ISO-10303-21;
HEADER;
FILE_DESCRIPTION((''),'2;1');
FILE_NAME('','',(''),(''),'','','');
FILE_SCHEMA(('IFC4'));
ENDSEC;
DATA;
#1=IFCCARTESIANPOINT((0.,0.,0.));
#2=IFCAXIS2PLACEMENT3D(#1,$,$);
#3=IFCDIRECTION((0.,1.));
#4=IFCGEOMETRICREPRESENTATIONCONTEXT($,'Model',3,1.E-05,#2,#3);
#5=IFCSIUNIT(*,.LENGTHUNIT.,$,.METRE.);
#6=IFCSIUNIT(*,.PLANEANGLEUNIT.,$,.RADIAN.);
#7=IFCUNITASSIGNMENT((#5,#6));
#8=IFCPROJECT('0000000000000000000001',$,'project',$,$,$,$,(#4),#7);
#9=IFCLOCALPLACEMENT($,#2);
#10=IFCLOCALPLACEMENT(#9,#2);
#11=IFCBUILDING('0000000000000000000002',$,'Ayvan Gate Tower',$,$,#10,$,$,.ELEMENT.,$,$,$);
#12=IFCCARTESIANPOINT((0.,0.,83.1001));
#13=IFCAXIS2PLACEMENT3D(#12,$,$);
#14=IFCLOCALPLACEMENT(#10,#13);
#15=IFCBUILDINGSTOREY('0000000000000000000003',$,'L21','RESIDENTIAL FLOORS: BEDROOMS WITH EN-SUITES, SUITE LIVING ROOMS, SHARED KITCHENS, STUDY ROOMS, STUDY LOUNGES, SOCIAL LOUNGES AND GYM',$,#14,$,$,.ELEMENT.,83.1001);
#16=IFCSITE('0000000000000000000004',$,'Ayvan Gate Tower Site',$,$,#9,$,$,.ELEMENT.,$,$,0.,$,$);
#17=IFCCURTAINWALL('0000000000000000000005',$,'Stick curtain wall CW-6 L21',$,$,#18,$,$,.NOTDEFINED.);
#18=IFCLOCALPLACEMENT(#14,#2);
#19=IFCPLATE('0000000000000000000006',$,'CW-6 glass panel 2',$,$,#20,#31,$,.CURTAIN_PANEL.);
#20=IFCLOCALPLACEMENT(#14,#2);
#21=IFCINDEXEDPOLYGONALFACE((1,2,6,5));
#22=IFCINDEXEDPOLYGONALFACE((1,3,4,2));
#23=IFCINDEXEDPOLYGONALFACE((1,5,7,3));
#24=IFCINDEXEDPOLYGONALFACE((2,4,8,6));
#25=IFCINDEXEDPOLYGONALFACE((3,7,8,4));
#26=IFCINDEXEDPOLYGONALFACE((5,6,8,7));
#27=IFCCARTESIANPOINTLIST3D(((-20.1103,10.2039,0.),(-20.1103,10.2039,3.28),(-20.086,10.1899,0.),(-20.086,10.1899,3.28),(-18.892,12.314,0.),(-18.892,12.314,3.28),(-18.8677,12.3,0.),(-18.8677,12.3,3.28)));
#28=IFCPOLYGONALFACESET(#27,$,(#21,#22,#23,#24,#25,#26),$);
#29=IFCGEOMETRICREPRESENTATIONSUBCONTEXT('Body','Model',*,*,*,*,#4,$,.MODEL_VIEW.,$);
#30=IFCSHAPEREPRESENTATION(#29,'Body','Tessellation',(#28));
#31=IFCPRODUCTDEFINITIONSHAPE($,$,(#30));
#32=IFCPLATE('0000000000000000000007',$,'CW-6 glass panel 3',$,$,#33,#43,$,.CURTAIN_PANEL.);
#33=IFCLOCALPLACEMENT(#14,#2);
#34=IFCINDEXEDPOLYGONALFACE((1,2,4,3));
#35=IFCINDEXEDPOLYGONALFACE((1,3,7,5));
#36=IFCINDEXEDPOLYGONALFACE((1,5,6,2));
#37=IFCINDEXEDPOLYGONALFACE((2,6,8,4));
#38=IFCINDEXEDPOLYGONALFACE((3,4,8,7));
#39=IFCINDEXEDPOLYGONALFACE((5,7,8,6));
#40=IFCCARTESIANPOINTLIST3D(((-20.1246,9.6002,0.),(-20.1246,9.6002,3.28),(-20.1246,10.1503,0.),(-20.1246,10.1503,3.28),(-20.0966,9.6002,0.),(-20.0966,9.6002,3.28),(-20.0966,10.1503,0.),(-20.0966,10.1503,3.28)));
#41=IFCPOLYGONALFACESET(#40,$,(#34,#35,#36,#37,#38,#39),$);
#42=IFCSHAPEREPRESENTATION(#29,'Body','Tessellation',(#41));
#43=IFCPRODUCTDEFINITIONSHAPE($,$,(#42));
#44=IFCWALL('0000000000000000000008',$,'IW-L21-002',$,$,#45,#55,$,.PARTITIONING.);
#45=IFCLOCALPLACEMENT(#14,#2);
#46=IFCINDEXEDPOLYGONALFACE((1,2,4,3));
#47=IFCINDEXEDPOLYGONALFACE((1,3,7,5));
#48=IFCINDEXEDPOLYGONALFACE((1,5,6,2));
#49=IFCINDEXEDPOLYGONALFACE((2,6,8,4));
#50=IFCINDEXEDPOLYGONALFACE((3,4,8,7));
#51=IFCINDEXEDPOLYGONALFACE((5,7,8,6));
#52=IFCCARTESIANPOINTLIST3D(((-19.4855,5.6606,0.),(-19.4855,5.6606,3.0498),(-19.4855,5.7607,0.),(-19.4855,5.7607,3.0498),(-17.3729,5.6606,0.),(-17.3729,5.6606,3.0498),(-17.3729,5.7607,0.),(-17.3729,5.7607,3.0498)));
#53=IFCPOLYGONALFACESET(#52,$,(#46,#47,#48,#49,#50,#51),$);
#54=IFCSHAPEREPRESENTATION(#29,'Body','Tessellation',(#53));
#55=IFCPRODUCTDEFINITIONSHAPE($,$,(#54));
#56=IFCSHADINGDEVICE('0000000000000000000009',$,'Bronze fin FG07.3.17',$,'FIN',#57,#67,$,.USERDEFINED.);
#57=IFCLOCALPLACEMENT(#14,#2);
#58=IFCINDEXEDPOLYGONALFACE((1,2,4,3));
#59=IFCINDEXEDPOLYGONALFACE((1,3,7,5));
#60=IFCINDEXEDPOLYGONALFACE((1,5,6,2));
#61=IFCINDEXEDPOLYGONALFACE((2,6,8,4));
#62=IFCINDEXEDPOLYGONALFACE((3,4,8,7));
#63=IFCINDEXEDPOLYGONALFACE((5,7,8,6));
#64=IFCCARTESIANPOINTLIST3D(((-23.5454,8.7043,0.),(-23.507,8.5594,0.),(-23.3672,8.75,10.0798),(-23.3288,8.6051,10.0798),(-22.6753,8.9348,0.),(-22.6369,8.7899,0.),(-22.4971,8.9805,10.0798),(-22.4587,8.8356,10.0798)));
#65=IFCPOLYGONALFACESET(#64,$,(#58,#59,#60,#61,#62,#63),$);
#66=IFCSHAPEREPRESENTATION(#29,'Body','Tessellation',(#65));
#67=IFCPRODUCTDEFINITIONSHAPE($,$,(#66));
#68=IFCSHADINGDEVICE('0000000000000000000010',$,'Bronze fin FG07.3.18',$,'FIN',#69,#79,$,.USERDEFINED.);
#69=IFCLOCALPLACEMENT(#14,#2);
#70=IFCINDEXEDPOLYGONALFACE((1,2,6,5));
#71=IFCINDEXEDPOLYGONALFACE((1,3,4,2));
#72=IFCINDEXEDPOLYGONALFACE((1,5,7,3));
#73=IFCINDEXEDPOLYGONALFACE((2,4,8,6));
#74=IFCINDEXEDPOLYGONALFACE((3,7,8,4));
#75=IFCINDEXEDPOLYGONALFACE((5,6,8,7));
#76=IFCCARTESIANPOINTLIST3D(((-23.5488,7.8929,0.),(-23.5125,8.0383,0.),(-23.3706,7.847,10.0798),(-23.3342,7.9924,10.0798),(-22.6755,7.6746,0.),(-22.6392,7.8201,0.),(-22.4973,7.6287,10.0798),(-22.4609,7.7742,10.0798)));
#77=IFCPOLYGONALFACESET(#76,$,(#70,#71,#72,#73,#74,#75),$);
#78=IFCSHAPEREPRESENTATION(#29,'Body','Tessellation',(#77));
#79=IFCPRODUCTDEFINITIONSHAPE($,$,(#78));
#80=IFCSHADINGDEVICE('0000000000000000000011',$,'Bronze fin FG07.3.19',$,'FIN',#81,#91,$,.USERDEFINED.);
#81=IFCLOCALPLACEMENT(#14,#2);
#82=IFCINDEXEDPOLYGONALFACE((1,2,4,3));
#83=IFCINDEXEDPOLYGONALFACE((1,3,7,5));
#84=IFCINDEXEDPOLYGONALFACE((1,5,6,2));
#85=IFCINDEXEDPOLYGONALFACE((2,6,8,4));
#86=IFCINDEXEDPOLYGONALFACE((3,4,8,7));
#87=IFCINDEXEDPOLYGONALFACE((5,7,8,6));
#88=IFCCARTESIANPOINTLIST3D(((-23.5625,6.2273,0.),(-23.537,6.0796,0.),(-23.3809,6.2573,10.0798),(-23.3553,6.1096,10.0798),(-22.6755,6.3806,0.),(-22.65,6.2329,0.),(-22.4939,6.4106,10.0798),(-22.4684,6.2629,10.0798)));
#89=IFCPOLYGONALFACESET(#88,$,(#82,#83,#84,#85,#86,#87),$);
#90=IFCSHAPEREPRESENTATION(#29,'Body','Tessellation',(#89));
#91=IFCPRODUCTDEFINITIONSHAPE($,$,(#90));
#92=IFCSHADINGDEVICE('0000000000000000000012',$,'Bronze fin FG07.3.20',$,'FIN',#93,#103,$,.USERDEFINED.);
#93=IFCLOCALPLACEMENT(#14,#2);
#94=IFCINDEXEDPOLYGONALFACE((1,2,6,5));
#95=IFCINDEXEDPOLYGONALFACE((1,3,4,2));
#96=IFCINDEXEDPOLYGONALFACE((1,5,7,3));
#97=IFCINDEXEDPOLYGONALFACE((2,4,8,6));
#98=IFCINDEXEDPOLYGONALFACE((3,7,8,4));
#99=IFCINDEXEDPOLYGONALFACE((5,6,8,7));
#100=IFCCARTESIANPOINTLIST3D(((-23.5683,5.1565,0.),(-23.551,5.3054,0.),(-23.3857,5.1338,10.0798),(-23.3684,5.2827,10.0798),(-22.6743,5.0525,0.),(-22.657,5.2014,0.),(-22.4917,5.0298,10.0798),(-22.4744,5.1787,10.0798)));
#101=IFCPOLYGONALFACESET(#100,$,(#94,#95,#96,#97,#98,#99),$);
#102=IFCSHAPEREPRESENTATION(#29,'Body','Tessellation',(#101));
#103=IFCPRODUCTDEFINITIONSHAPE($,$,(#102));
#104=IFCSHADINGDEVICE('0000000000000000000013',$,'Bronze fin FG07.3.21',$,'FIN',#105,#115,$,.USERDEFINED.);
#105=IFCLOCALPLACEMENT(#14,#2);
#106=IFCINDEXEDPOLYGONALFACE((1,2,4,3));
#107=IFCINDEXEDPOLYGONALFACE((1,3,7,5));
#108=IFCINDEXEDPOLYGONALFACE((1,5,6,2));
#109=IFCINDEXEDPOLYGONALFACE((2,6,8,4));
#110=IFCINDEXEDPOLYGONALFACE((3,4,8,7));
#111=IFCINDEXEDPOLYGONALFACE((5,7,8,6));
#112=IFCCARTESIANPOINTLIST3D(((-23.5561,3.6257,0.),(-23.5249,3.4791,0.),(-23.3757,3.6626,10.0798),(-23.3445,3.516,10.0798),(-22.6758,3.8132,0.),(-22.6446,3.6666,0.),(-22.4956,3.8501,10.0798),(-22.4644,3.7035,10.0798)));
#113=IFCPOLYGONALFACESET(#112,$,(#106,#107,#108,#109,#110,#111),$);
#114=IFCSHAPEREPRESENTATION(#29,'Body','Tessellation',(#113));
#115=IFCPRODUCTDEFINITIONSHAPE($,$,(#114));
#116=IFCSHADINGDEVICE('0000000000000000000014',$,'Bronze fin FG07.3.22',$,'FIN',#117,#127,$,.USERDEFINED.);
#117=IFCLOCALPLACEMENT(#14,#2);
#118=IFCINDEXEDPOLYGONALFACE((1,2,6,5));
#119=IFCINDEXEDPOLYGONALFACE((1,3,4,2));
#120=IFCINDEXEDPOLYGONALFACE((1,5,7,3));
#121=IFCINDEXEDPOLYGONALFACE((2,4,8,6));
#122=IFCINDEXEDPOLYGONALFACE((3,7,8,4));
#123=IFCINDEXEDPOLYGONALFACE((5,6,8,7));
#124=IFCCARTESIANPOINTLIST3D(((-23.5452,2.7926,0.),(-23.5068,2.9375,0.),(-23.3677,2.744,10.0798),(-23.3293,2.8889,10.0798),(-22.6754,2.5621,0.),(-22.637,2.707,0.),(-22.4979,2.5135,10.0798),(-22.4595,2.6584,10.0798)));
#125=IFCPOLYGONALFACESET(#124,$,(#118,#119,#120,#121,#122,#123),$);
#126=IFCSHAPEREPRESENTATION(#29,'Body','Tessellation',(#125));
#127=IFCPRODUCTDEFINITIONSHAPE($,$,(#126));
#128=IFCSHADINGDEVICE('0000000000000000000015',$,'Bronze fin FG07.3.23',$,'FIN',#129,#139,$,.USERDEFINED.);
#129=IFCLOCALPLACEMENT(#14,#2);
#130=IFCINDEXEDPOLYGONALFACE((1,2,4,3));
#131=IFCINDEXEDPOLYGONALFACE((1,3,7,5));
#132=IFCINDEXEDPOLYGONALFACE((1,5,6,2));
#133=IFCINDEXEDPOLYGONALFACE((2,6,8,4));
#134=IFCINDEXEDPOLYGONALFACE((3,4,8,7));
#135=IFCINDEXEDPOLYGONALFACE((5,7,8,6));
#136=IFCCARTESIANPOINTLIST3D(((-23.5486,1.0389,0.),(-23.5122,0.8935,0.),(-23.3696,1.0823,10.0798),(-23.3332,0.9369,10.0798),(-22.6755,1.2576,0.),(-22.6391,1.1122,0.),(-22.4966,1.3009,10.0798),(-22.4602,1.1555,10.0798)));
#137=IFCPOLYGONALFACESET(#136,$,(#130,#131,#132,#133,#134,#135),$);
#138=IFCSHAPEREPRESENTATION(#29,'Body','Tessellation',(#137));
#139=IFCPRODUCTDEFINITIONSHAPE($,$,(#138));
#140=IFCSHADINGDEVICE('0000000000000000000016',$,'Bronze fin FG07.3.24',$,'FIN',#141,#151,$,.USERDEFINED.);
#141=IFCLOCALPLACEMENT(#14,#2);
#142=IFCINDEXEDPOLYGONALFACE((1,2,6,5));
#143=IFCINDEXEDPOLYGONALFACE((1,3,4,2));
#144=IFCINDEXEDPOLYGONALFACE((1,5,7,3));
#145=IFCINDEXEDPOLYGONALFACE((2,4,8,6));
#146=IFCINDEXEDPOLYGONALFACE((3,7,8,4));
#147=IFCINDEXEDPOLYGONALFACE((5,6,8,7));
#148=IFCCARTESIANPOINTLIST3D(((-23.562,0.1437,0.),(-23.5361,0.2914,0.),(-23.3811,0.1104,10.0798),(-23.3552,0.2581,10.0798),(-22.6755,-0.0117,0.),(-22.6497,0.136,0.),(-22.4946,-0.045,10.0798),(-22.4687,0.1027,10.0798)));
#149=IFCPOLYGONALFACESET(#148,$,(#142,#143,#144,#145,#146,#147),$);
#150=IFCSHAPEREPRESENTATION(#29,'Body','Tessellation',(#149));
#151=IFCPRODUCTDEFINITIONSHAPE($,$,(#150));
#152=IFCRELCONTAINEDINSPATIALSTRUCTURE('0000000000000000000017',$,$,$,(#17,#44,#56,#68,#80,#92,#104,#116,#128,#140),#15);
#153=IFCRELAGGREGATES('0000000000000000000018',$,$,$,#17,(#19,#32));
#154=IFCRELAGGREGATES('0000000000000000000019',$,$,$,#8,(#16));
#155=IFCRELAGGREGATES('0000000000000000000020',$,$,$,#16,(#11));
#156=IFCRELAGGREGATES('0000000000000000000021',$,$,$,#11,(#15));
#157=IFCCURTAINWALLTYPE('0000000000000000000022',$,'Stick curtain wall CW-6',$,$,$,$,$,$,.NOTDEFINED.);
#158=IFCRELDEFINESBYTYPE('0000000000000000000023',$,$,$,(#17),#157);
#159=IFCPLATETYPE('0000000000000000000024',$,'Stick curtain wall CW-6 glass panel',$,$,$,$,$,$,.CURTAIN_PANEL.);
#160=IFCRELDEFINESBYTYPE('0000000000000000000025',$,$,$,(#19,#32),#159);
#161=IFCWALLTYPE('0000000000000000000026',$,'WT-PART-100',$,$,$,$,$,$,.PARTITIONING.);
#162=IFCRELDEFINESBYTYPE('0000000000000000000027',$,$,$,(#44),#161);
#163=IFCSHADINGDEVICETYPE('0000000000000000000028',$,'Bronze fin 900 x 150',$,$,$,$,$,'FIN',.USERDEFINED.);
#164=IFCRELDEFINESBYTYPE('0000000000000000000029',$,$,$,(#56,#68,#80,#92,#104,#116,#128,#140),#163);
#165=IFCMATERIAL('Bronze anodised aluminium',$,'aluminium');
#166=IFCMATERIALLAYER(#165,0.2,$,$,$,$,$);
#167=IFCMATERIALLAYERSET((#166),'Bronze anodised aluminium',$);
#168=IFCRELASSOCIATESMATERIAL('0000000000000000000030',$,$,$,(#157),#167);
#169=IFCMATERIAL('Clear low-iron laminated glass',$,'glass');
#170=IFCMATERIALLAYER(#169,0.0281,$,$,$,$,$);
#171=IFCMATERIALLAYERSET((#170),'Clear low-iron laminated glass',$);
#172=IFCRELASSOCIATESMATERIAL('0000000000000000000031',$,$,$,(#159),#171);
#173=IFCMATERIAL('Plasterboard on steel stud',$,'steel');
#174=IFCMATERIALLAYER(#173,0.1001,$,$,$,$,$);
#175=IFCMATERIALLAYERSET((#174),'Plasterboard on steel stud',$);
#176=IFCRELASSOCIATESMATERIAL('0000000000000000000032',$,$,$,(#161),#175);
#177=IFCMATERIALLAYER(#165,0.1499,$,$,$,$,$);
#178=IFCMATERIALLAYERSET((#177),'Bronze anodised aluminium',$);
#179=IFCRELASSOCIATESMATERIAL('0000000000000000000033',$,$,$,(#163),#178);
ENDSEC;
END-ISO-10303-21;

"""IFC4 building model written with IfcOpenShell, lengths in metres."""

from ifc_helpers import new_model, si_unit, direction, frame, frame_2d, origin, origin_2d, place, context, subcontext, project, spatial, polyline, rectangle, outline, extrude, material, layer, layer_set, type_object, element, aggregate, save


model = new_model("IFC4")

# Units and contexts
model_context = context("Model", 3, precision=1e-05, world=origin(), true_north=direction((0.0, 1.0)))
body_context = subcontext(model_context, "Body", "Model", "MODEL_VIEW")
ifc_project = project(units=[si_unit("LENGTHUNIT", "METRE"), si_unit("PLANEANGLEUNIT", "RADIAN")], contexts=[model_context])

# Site, building, storey
site_placement = place(None, origin())
site = spatial("IfcSite", under=ifc_project, at=site_placement, Name="Ayvan Gate Tower Site", CompositionType="ELEMENT", RefElevation=0.0)
building_placement = place(site_placement, origin())
building = spatial("IfcBuilding", under=site, at=building_placement, Name="Ayvan Gate Tower", CompositionType="ELEMENT")
storey_placement = place(building_placement, frame((0.0, 0.0, 83.1001)))
storey = spatial("IfcBuildingStorey", under=building, at=storey_placement, Name="L21", Description="RESIDENTIAL FLOORS: BEDROOMS WITH EN-SUITES, SUITE LIVING ROOMS, SHARED KITCHENS, STUDY ROOMS, STUDY LOUNGES, SOCIAL LOUNGES AND GYM", CompositionType="ELEMENT", Elevation=83.1001)

# Curtain wall
ifc_material_1 = material(Name="Bronze anodised aluminium", Category="aluminium")
ifc_layer_1 = layer(ifc_material_1, 0.2)
ifc_layer_set_1 = layer_set([ifc_layer_1], Name="Bronze anodised aluminium")
curtain_wall_type_1 = type_object("IfcCurtainWallType", Name="Stick curtain wall CW-6", PredefinedType="NOTDEFINED", material=ifc_layer_set_1)
curtain_wall_1_placement = place(storey_placement, origin())
curtain_wall_1 = element("IfcCurtainWall", 1, at=curtain_wall_1_placement, inside=storey, type_object=curtain_wall_type_1, Name="Stick curtain wall CW-6 L21", PredefinedType="NOTDEFINED")

# Plates
ifc_material_2 = material(Name="Clear low-iron laminated glass", Category="glass")
ifc_layer_2 = layer(ifc_material_2, 0.0281)
ifc_layer_set_2 = layer_set([ifc_layer_2], Name="Clear low-iron laminated glass")
plate_type_1 = type_object("IfcPlateType", Name="Stick curtain wall CW-6 glass panel", PredefinedType="CURTAIN_PANEL", material=ifc_layer_set_2)
plate_1_placement = place(storey_placement, frame((-19.489, 11.252, 0.0), z_axis=(0.0, 0.0, 1.0), x_axis=(-0.5, -0.866025, 0.0)))
plate_1 = element("IfcPlate", 2, at=plate_1_placement, type_object=plate_type_1, Name="CW-6 glass panel 2", PredefinedType="CURTAIN_PANEL", context=body_context, shape_type="SweptSolid", body=[
    extrude(rectangle(XDim=2.4365, YDim=0.0281, at=origin_2d()), origin(), (0.0, 0.0, 1.0), 3.28),
])
plate_2_placement = place(storey_placement, frame((-20.1106, 9.8752, 0.0), z_axis=(0.0, 0.0, 1.0), x_axis=(0.0, -1.0, 0.0)))
plate_2 = element("IfcPlate", 3, at=plate_2_placement, type_object=plate_type_1, Name="CW-6 glass panel 3", PredefinedType="CURTAIN_PANEL", context=body_context, shape_type="SweptSolid", body=[
    extrude(rectangle(XDim=0.55, YDim=0.0281, at=origin_2d()), origin(), (0.0, 0.0, 1.0), 3.28),
])
aggregate(curtain_wall_1, [plate_1, plate_2])

# Wall
ifc_material_3 = material(Name="Plasterboard on steel stud", Category="steel")
ifc_layer_3 = layer(ifc_material_3, 0.1001)
ifc_layer_set_3 = layer_set([ifc_layer_3], Name="Plasterboard on steel stud")
wall_type = type_object("IfcWallType", Name="WT-PART-100", PredefinedType="PARTITIONING", material=ifc_layer_set_3)
wall_placement = place(storey_placement, frame((-17.373, 5.7107, 0.0), z_axis=(0.0, 0.0, 1.0), x_axis=(-1.0, 0.0, 0.0)))
element("IfcWall", 4, at=wall_placement, inside=storey, type_object=wall_type, Name="IW-L21-002", PredefinedType="PARTITIONING", context=body_context, shape_type="SweptSolid", body=[
    extrude(rectangle(XDim=2.1125, YDim=0.1001, at=frame_2d((1.0562, 0.0))), origin(), (0.0, 0.0, 1.0), 3.0498),
])

# Shading devices
ifc_layer_4 = layer(ifc_material_1, 0.1499)
ifc_layer_set_4 = layer_set([ifc_layer_4], Name="Bronze anodised aluminium")
shading_device_type = type_object("IfcShadingDeviceType", Name="Bronze fin 900 x 150", ElementType="FIN", PredefinedType="USERDEFINED", material=ifc_layer_set_4)
shading_device_1_placement = place(storey_placement, frame((-22.6753, 8.9348, 0.0), z_axis=(-0.256042, 0.966666, 0.000149), x_axis=(-0.966666, -0.256042, 0.0)))
element("IfcShadingDevice", 5, at=shading_device_1_placement, inside=storey, type_object=shading_device_type, Name="Bronze fin FG07.3.17", ObjectType="FIN", PredefinedType="USERDEFINED", context=body_context, shape_type="SweptSolid", body=[
    extrude(outline(polyline([(0.0, 0.0), (0.9001, 0.0), (0.7162, 10.0798), (-0.184, 10.0798), (0.0, 0.0)])), origin(), (0.0, 0.0, -1.0), 0.1499),
])
shading_device_2_placement = place(storey_placement, frame((-22.6392, 7.8201, 0.0), z_axis=(0.242472, 0.970158, 0.00013), x_axis=(-0.970158, 0.242472, 0.0)))
element("IfcShadingDevice", 6, at=shading_device_2_placement, inside=storey, type_object=shading_device_type, Name="Bronze fin FG07.3.18", ObjectType="FIN", PredefinedType="USERDEFINED", context=body_context, shape_type="SweptSolid", body=[
    extrude(outline(polyline([(0.0, 0.0), (0.9002, 0.0), (0.7161, 10.0798), (-0.184, 10.0798), (0.0, 0.0)])), origin(), (0.0, 0.0, -1.0), 0.1499),
])
shading_device_3_placement = place(storey_placement, frame((-22.6755, 6.3806, 0.0), z_axis=(-0.170334, 0.985386, 0.000134), x_axis=(-0.985386, -0.170334, 0.0)))
element("IfcShadingDevice", 7, at=shading_device_3_placement, inside=storey, type_object=shading_device_type, Name="Bronze fin FG07.3.19", ObjectType="FIN", PredefinedType="USERDEFINED", context=body_context, shape_type="SweptSolid", body=[
    extrude(outline(polyline([(0.0, 0.0), (0.9001, 0.0), (0.716, 10.0798), (-0.1841, 10.0798), (0.0, 0.0)])), origin(), (0.0, 0.0, -1.0), 0.1499),
])
shading_device_4_placement = place(storey_placement, frame((-22.657, 5.2014, 0.0), z_axis=(0.115551, 0.993302, 0.000144), x_axis=(-0.993302, 0.115551, 0.0)))
element("IfcShadingDevice", 8, at=shading_device_4_placement, inside=storey, type_object=shading_device_type, Name="Bronze fin FG07.3.20", ObjectType="FIN", PredefinedType="USERDEFINED", context=body_context, shape_type="SweptSolid", body=[
    extrude(outline(polyline([(0.0, 0.0), (0.9001, 0.0), (0.7161, 10.0798), (-0.184, 10.0798), (0.0, 0.0)])), origin(), (0.0, 0.0, -1.0), 0.1499),
])
shading_device_5_placement = place(storey_placement, frame((-22.6758, 3.8132, 0.0), z_axis=(-0.208334, 0.978058, 0.000149), x_axis=(-0.978058, -0.208334, 0.0)))
element("IfcShadingDevice", 9, at=shading_device_5_placement, inside=storey, type_object=shading_device_type, Name="Bronze fin FG07.3.21", ObjectType="FIN", PredefinedType="USERDEFINED", context=body_context, shape_type="SweptSolid", body=[
    extrude(outline(polyline([(0.0, 0.0), (0.9001, 0.0), (0.716, 10.0798), (-0.1839, 10.0798), (0.0, 0.0)])), origin(), (0.0, 0.0, -1.0), 0.1499),
])
shading_device_6_placement = place(storey_placement, frame((-22.637, 2.707, 0.0), z_axis=(0.256109, 0.966648, 0.000149), x_axis=(-0.966648, 0.256109, 0.0)))
element("IfcShadingDevice", 10, at=shading_device_6_placement, inside=storey, type_object=shading_device_type, Name="Bronze fin FG07.3.22", ObjectType="FIN", PredefinedType="USERDEFINED", context=body_context, shape_type="SweptSolid", body=[
    extrude(outline(polyline([(0.0, 0.0), (0.8999, 0.0), (0.7159, 10.0798), (-0.184, 10.0798), (0.0, 0.0)])), origin(), (0.0, 0.0, -1.0), 0.1499),
])
shading_device_7_placement = place(storey_placement, frame((-22.6755, 1.2576, 0.0), z_axis=(-0.242919, 0.970047, 0.000142), x_axis=(-0.970047, -0.242919, 0.0)))
element("IfcShadingDevice", 11, at=shading_device_7_placement, inside=storey, type_object=shading_device_type, Name="Bronze fin FG07.3.23", ObjectType="FIN", PredefinedType="USERDEFINED", context=body_context, shape_type="SweptSolid", body=[
    extrude(outline(polyline([(0.0, 0.0), (0.9, 0.0), (0.7159, 10.0798), (-0.1841, 10.0798), (0.0, 0.0)])), origin(), (0.0, 0.0, -1.0), 0.1499),
])
shading_device_8_placement = place(storey_placement, frame((-22.6497, 0.136, 0.0), z_axis=(0.172663, 0.984981, 0.000158), x_axis=(-0.984981, 0.172663, 0.0)))
element("IfcShadingDevice", 12, at=shading_device_8_placement, inside=storey, type_object=shading_device_type, Name="Bronze fin FG07.3.24", ObjectType="FIN", PredefinedType="USERDEFINED", context=body_context, shape_type="SweptSolid", body=[
    extrude(outline(polyline([(0.0, 0.0), (0.9, 0.0), (0.716, 10.0798), (-0.184, 10.0798), (0.0, 0.0)])), origin(), (0.0, 0.0, -1.0), 0.1499),
])

save(model, "model.ifc")
